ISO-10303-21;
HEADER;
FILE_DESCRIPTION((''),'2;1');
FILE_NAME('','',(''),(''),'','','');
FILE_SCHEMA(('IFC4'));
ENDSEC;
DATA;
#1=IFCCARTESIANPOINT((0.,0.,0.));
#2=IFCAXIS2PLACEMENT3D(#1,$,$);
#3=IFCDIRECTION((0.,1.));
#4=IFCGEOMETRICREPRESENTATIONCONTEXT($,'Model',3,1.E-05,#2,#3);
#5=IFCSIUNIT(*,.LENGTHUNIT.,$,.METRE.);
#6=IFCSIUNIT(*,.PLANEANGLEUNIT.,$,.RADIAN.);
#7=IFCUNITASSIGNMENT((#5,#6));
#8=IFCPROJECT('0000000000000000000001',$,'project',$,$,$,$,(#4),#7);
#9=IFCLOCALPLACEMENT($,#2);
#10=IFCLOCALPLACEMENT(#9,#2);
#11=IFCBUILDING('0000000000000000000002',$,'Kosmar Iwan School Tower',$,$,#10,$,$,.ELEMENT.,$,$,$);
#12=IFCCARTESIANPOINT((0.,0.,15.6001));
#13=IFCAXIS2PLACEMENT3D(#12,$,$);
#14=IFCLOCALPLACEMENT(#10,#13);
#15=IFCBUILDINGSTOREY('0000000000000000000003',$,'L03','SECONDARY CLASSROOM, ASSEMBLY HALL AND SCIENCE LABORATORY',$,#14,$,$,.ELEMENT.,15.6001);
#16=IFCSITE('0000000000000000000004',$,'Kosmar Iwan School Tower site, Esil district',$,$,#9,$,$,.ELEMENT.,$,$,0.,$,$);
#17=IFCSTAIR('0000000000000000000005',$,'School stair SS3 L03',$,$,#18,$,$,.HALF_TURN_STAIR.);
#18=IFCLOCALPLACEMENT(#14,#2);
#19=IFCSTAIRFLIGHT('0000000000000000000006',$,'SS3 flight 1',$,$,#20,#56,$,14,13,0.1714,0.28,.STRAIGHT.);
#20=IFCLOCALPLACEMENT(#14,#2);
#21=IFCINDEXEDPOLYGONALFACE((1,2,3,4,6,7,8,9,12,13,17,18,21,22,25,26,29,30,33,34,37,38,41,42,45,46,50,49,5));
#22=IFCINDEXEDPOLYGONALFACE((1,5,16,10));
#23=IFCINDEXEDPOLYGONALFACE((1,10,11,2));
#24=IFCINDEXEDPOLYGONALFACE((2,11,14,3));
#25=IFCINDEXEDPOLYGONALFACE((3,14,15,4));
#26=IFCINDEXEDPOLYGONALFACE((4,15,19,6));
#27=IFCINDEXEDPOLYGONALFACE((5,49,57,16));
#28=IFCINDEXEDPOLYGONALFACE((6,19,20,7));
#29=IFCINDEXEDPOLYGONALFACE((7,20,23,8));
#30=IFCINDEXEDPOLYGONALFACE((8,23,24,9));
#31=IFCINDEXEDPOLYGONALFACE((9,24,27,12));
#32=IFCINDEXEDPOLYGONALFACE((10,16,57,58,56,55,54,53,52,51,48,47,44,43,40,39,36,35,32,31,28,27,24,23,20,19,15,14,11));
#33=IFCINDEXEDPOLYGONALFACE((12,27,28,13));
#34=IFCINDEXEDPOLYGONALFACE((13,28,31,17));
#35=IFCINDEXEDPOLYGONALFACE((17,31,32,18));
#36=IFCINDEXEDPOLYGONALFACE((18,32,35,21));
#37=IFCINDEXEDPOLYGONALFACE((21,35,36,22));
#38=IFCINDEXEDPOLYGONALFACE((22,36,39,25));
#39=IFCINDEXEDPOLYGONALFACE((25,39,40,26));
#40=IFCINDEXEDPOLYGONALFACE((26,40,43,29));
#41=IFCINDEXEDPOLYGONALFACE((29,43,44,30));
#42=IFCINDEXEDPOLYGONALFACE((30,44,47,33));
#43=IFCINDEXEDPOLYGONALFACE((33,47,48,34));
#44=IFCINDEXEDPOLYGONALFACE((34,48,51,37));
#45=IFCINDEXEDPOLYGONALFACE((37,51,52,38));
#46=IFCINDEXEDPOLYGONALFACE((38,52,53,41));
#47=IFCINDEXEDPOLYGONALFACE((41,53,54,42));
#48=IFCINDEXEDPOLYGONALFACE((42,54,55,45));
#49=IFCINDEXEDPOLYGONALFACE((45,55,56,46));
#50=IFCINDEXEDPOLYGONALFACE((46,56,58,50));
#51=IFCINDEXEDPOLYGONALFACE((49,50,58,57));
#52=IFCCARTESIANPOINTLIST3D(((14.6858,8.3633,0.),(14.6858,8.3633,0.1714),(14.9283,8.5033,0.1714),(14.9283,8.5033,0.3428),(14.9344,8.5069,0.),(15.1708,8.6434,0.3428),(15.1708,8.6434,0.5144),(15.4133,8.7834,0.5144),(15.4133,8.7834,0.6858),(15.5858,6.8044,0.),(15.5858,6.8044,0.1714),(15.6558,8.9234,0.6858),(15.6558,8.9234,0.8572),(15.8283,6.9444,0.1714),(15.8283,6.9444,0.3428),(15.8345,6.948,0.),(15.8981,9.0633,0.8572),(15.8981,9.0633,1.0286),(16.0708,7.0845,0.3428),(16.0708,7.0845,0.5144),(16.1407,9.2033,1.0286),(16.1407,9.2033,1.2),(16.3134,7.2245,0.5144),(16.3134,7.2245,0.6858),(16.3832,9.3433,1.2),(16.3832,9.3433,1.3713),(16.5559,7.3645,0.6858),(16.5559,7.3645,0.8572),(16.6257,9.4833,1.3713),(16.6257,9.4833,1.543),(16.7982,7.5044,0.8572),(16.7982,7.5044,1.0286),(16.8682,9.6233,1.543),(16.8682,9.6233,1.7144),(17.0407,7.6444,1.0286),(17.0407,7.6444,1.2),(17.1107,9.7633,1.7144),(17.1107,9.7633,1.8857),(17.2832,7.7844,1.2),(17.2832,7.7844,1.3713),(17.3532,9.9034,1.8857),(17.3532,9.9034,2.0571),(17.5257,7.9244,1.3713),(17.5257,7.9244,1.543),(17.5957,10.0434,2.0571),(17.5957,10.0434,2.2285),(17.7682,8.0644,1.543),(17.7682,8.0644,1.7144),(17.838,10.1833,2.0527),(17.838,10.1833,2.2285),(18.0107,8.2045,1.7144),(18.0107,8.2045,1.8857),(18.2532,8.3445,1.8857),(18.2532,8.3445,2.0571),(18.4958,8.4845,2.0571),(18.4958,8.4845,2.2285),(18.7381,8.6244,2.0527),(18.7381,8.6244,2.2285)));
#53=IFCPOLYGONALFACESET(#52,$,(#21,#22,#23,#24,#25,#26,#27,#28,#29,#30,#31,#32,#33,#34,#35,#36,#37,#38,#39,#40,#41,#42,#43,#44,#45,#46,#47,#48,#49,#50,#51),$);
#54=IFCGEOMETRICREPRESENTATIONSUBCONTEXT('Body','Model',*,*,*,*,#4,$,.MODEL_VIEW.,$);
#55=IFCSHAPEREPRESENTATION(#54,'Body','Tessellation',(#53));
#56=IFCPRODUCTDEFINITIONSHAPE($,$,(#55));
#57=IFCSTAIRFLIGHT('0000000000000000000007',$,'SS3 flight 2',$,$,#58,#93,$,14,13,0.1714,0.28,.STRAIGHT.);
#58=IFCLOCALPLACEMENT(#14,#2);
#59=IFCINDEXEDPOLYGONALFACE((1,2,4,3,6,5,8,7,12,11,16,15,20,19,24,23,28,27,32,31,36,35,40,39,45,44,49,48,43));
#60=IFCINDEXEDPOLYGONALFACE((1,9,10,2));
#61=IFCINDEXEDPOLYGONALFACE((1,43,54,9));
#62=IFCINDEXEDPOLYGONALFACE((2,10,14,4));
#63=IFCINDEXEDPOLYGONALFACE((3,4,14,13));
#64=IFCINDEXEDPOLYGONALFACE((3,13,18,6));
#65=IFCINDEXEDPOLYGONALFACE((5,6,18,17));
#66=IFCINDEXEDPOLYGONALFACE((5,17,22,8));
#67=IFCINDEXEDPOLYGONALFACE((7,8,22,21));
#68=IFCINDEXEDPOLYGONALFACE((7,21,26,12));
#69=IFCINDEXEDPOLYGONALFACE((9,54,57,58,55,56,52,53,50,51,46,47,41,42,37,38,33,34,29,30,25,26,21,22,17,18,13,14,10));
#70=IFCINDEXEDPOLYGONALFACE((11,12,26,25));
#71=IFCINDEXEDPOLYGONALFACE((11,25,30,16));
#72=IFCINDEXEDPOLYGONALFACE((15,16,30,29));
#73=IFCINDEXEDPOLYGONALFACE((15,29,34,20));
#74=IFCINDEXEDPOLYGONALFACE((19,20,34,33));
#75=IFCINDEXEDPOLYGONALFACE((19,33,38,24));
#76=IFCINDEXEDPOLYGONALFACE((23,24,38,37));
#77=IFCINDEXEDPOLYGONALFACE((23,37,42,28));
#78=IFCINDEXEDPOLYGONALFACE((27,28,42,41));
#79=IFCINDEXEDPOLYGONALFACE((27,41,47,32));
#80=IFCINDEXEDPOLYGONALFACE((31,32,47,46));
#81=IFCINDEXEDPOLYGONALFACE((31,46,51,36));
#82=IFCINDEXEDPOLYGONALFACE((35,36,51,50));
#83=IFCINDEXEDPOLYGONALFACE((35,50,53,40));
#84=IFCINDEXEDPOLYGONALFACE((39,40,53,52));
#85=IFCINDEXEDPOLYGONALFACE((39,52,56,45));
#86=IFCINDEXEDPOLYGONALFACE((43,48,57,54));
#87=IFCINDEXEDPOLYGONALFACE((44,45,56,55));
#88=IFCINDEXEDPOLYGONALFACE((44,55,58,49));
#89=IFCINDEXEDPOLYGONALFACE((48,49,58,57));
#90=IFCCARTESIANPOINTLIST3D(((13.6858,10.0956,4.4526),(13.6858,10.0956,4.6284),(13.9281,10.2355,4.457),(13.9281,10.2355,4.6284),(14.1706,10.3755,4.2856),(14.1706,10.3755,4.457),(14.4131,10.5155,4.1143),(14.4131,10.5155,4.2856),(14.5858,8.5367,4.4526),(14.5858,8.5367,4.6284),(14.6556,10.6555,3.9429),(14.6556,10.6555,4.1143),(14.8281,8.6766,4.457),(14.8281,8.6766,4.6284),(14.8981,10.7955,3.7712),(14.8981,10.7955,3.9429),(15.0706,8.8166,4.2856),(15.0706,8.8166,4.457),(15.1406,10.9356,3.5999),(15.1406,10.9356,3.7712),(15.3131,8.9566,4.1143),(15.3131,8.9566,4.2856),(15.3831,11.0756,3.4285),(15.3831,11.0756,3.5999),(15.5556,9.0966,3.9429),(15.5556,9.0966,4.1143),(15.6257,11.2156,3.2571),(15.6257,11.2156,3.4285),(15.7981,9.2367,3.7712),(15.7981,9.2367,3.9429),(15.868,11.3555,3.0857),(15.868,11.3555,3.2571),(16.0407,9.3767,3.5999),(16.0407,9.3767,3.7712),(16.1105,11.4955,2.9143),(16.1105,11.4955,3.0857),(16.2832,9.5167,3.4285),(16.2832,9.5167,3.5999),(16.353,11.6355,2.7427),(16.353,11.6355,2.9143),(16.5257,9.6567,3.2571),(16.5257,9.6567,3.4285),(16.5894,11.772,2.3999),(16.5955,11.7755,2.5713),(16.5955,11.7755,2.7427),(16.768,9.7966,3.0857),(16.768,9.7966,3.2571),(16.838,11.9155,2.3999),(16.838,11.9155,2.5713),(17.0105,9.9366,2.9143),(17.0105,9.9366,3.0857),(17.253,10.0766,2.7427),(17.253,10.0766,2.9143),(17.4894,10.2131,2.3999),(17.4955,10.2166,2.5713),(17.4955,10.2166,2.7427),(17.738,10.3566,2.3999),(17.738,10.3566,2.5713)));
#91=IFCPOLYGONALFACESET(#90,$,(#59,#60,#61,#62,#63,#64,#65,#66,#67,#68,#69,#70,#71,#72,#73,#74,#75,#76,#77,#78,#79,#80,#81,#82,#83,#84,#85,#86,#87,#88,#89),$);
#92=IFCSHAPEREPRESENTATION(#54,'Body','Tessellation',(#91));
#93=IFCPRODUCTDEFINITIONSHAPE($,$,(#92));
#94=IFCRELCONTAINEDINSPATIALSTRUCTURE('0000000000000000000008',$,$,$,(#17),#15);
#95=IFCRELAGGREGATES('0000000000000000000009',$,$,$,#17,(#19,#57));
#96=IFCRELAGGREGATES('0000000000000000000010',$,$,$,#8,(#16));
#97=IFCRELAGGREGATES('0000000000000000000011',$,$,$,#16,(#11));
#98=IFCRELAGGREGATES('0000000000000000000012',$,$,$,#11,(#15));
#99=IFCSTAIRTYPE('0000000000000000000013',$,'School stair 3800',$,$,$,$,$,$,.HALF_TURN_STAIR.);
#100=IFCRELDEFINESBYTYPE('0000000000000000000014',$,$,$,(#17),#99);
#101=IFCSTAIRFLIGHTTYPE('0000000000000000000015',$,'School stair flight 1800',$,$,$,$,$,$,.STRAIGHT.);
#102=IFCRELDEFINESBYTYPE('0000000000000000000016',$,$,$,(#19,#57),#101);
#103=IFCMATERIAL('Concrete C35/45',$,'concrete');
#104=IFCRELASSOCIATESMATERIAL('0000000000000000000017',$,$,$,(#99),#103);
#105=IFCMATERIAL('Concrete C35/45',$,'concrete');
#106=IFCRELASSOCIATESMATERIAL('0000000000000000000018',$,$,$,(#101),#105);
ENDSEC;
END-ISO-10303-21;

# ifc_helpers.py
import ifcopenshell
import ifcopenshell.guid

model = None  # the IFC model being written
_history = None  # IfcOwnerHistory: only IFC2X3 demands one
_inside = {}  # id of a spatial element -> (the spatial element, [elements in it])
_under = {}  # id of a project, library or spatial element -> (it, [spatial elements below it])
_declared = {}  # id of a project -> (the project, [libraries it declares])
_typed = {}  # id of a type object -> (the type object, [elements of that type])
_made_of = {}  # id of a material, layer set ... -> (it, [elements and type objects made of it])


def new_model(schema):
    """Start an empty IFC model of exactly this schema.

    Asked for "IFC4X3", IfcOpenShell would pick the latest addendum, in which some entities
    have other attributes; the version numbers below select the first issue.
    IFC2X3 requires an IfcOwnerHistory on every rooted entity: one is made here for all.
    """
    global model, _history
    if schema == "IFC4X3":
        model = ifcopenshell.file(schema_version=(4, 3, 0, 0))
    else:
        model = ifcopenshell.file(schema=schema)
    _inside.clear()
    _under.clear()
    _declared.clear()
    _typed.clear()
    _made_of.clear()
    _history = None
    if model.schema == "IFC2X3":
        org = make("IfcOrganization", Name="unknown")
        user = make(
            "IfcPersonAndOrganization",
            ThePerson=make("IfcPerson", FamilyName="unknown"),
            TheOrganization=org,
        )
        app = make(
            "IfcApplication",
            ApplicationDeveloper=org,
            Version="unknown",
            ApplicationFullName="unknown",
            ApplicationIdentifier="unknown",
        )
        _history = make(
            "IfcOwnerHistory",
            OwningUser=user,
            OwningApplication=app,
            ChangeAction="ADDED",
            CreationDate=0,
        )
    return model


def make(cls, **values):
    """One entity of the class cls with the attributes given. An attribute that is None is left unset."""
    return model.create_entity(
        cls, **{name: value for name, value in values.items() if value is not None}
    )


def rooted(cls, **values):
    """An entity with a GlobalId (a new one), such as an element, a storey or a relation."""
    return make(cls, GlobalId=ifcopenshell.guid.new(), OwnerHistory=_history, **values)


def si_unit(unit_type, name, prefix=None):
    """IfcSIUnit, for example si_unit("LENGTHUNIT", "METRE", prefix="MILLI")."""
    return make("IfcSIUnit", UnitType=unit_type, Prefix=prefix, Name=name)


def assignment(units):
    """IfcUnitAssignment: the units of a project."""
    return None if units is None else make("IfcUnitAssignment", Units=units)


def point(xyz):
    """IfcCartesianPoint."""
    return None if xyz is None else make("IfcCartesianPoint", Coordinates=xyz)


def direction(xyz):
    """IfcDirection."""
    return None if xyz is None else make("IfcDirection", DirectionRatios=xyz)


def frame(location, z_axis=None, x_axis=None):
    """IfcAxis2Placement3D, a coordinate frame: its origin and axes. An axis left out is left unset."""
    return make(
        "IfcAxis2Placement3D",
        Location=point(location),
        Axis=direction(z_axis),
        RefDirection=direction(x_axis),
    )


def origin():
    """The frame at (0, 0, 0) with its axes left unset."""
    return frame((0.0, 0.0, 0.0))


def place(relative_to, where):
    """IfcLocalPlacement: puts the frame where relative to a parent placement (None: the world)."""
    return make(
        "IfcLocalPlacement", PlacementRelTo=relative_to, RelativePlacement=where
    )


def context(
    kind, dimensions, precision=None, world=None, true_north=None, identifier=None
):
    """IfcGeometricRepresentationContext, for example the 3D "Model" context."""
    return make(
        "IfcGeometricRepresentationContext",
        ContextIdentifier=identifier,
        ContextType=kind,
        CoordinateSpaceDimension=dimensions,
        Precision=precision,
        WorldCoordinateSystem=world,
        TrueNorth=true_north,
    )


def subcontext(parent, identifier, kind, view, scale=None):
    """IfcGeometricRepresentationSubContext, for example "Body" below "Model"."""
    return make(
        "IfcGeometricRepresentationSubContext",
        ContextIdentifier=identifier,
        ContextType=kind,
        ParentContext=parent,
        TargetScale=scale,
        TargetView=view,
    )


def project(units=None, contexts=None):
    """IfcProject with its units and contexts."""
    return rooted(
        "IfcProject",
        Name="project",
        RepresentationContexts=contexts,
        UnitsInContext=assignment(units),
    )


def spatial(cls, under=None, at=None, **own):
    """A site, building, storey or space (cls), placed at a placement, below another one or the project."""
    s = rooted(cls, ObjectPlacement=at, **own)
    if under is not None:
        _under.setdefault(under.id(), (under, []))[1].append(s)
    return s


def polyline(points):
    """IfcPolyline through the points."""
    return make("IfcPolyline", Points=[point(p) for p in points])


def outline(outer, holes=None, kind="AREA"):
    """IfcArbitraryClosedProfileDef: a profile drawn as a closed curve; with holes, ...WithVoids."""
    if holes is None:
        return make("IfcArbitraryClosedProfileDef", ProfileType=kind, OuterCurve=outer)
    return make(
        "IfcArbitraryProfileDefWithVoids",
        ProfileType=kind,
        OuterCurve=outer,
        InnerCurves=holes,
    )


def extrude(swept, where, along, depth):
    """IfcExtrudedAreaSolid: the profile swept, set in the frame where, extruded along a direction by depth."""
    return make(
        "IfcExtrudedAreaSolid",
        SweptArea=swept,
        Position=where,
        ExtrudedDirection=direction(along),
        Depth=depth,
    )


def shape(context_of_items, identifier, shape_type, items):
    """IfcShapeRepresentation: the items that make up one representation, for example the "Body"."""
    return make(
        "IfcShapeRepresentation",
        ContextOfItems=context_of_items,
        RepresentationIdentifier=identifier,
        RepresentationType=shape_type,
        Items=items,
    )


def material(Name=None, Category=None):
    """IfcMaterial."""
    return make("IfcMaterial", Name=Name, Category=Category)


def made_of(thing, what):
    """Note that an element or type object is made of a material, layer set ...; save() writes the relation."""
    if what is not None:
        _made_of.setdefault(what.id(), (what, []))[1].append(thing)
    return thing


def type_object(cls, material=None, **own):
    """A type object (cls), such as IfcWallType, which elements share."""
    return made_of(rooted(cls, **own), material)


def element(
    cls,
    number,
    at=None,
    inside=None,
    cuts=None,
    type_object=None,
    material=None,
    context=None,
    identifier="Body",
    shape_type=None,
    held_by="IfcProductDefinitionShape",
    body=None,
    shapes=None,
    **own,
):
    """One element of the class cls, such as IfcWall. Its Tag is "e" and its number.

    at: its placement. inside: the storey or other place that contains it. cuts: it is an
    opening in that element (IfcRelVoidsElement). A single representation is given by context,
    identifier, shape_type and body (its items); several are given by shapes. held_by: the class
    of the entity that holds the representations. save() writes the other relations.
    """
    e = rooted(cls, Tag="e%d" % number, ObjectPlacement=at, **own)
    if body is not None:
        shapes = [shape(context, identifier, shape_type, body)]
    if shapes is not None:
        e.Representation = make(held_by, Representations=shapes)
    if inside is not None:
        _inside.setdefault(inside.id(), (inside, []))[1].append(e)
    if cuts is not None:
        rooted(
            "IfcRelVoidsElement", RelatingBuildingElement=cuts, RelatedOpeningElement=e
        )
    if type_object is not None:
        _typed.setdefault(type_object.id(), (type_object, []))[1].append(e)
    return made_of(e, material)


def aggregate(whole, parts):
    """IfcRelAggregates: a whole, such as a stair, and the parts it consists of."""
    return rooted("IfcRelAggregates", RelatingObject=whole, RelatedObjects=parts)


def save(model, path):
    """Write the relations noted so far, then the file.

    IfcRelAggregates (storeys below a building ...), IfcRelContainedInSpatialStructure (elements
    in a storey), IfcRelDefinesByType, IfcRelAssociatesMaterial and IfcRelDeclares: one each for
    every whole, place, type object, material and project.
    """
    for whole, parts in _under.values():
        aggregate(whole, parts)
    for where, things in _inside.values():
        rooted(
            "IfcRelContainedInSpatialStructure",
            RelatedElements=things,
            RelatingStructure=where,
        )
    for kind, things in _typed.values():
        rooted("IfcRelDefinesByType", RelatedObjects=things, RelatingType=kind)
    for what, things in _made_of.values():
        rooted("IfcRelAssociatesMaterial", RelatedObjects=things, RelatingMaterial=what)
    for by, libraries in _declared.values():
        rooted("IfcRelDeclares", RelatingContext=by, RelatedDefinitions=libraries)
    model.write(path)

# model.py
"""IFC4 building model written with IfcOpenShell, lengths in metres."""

from ifc_helpers import new_model, si_unit, direction, frame, origin, place, context, subcontext, project, spatial, polyline, outline, extrude, material, type_object, element, aggregate, save


model = new_model("IFC4")

# Units and contexts
model_context = context("Model", 3, precision=1e-05, world=origin(), true_north=direction((0.0, 1.0)))
body_context = subcontext(model_context, "Body", "Model", "MODEL_VIEW")
ifc_project = project(units=[si_unit("LENGTHUNIT", "METRE"), si_unit("PLANEANGLEUNIT", "RADIAN")], contexts=[model_context])

# Site, building, storey
site_placement = place(None, origin())
site = spatial("IfcSite", under=ifc_project, at=site_placement, Name="Kosmar Iwan School Tower site, Esil district", CompositionType="ELEMENT", RefElevation=0.0)
building_placement = place(site_placement, origin())
building = spatial("IfcBuilding", under=site, at=building_placement, Name="Kosmar Iwan School Tower", CompositionType="ELEMENT")
storey_placement = place(building_placement, frame((0.0, 0.0, 15.6001)))
storey = spatial("IfcBuildingStorey", under=building, at=storey_placement, Name="L03", Description="SECONDARY CLASSROOM, ASSEMBLY HALL AND SCIENCE LABORATORY", CompositionType="ELEMENT", Elevation=15.6001)

# Stair, stair flights
ifc_material_1 = material(Name="Concrete C35/45", Category="concrete")
stair_type = type_object("IfcStairType", Name="School stair 3800", PredefinedType="HALF_TURN_STAIR", material=ifc_material_1)
stair_placement = place(storey_placement, origin())
stair = element("IfcStair", 1, at=stair_placement, inside=storey, type_object=stair_type, Name="School stair SS3 L03", PredefinedType="HALF_TURN_STAIR")
ifc_material_2 = material(Name="Concrete C35/45", Category="concrete")
stair_flight_type = type_object("IfcStairFlightType", Name="School stair flight 1800", PredefinedType="STRAIGHT", material=ifc_material_2)
stair_flight_1_placement = place(storey_placement, frame((15.1357, 7.584, 0.0), z_axis=(0.0, 0.0, 1.0), x_axis=(0.866025, 0.5, 0.0)))
stair_flight_1 = element("IfcStairFlight", 2, at=stair_flight_1_placement, type_object=stair_flight_type, Name="SS3 flight 1", NumberOfRisers=14, NumberOfTreads=13, PredefinedType="STRAIGHT", RiserHeight=0.1714, TreadLength=0.28, context=body_context, shape_type="SweptSolid", body=[
    extrude(outline(polyline([(0.0, 0.0), (0.0, 0.1714), (0.28, 0.1714), (0.28, 0.3428), (0.5601, 0.3428), (0.5601, 0.5144), (0.8401, 0.5144), (0.8401, 0.6858), (1.1201, 0.6858), (1.1201, 0.8572), (1.3999, 0.8572), (1.3999, 1.0286), (1.6799, 1.0286), (1.6799, 1.2), (1.96, 1.2), (1.96, 1.3713), (2.24, 1.3713), (2.24, 1.543), (2.52, 1.543), (2.52, 1.7144), (2.8, 1.7144), (2.8, 1.8857), (3.0801, 1.8857), (3.0801, 2.0571), (3.3601, 2.0571), (3.3601, 2.2285), (3.6399, 2.2285), (3.6399, 2.3999), (3.6399, 2.0527), (0.2871, 0.0), (0.0, 0.0)])), frame((0.0, 0.8999, 0.0), z_axis=(0.0, -1.0, 0.0), x_axis=(1.0, 0.0, 0.0)), (0.0, 0.0, 1.0), 1.8),
])
stair_flight_2_placement = place(storey_placement, frame((17.2881, 11.136, 2.3999), z_axis=(0.0, 0.0, 1.0), x_axis=(-0.866025, -0.5, 0.0)))
stair_flight_2 = element("IfcStairFlight", 3, at=stair_flight_2_placement, type_object=stair_flight_type, Name="SS3 flight 2", NumberOfRisers=14, NumberOfTreads=13, PredefinedType="STRAIGHT", RiserHeight=0.1714, TreadLength=0.28, context=body_context, shape_type="SweptSolid", body=[
    extrude(outline(polyline([(0.0, 0.0), (0.0, 0.1714), (0.28, 0.1714), (0.28, 0.3428), (0.5601, 0.3428), (0.5601, 0.5144), (0.8401, 0.5144), (0.8401, 0.6858), (1.1201, 0.6858), (1.1201, 0.8572), (1.3999, 0.8572), (1.3999, 1.0286), (1.6799, 1.0286), (1.6799, 1.2), (1.96, 1.2), (1.96, 1.3713), (2.24, 1.3713), (2.24, 1.543), (2.52, 1.543), (2.52, 1.7144), (2.8, 1.7144), (2.8, 1.8857), (3.0801, 1.8857), (3.0801, 2.0571), (3.3601, 2.0571), (3.3601, 2.2285), (3.6399, 2.2285), (3.6399, 2.3999), (3.6399, 2.0527), (0.2871, 0.0), (0.0, 0.0)])), frame((0.0, 0.8999, 0.0), z_axis=(0.0, -1.0, 0.0), x_axis=(1.0, 0.0, 0.0)), (0.0, 0.0, 1.0), 1.8),
])
aggregate(stair, [stair_flight_1, stair_flight_2])

save(model, "model.ifc")
